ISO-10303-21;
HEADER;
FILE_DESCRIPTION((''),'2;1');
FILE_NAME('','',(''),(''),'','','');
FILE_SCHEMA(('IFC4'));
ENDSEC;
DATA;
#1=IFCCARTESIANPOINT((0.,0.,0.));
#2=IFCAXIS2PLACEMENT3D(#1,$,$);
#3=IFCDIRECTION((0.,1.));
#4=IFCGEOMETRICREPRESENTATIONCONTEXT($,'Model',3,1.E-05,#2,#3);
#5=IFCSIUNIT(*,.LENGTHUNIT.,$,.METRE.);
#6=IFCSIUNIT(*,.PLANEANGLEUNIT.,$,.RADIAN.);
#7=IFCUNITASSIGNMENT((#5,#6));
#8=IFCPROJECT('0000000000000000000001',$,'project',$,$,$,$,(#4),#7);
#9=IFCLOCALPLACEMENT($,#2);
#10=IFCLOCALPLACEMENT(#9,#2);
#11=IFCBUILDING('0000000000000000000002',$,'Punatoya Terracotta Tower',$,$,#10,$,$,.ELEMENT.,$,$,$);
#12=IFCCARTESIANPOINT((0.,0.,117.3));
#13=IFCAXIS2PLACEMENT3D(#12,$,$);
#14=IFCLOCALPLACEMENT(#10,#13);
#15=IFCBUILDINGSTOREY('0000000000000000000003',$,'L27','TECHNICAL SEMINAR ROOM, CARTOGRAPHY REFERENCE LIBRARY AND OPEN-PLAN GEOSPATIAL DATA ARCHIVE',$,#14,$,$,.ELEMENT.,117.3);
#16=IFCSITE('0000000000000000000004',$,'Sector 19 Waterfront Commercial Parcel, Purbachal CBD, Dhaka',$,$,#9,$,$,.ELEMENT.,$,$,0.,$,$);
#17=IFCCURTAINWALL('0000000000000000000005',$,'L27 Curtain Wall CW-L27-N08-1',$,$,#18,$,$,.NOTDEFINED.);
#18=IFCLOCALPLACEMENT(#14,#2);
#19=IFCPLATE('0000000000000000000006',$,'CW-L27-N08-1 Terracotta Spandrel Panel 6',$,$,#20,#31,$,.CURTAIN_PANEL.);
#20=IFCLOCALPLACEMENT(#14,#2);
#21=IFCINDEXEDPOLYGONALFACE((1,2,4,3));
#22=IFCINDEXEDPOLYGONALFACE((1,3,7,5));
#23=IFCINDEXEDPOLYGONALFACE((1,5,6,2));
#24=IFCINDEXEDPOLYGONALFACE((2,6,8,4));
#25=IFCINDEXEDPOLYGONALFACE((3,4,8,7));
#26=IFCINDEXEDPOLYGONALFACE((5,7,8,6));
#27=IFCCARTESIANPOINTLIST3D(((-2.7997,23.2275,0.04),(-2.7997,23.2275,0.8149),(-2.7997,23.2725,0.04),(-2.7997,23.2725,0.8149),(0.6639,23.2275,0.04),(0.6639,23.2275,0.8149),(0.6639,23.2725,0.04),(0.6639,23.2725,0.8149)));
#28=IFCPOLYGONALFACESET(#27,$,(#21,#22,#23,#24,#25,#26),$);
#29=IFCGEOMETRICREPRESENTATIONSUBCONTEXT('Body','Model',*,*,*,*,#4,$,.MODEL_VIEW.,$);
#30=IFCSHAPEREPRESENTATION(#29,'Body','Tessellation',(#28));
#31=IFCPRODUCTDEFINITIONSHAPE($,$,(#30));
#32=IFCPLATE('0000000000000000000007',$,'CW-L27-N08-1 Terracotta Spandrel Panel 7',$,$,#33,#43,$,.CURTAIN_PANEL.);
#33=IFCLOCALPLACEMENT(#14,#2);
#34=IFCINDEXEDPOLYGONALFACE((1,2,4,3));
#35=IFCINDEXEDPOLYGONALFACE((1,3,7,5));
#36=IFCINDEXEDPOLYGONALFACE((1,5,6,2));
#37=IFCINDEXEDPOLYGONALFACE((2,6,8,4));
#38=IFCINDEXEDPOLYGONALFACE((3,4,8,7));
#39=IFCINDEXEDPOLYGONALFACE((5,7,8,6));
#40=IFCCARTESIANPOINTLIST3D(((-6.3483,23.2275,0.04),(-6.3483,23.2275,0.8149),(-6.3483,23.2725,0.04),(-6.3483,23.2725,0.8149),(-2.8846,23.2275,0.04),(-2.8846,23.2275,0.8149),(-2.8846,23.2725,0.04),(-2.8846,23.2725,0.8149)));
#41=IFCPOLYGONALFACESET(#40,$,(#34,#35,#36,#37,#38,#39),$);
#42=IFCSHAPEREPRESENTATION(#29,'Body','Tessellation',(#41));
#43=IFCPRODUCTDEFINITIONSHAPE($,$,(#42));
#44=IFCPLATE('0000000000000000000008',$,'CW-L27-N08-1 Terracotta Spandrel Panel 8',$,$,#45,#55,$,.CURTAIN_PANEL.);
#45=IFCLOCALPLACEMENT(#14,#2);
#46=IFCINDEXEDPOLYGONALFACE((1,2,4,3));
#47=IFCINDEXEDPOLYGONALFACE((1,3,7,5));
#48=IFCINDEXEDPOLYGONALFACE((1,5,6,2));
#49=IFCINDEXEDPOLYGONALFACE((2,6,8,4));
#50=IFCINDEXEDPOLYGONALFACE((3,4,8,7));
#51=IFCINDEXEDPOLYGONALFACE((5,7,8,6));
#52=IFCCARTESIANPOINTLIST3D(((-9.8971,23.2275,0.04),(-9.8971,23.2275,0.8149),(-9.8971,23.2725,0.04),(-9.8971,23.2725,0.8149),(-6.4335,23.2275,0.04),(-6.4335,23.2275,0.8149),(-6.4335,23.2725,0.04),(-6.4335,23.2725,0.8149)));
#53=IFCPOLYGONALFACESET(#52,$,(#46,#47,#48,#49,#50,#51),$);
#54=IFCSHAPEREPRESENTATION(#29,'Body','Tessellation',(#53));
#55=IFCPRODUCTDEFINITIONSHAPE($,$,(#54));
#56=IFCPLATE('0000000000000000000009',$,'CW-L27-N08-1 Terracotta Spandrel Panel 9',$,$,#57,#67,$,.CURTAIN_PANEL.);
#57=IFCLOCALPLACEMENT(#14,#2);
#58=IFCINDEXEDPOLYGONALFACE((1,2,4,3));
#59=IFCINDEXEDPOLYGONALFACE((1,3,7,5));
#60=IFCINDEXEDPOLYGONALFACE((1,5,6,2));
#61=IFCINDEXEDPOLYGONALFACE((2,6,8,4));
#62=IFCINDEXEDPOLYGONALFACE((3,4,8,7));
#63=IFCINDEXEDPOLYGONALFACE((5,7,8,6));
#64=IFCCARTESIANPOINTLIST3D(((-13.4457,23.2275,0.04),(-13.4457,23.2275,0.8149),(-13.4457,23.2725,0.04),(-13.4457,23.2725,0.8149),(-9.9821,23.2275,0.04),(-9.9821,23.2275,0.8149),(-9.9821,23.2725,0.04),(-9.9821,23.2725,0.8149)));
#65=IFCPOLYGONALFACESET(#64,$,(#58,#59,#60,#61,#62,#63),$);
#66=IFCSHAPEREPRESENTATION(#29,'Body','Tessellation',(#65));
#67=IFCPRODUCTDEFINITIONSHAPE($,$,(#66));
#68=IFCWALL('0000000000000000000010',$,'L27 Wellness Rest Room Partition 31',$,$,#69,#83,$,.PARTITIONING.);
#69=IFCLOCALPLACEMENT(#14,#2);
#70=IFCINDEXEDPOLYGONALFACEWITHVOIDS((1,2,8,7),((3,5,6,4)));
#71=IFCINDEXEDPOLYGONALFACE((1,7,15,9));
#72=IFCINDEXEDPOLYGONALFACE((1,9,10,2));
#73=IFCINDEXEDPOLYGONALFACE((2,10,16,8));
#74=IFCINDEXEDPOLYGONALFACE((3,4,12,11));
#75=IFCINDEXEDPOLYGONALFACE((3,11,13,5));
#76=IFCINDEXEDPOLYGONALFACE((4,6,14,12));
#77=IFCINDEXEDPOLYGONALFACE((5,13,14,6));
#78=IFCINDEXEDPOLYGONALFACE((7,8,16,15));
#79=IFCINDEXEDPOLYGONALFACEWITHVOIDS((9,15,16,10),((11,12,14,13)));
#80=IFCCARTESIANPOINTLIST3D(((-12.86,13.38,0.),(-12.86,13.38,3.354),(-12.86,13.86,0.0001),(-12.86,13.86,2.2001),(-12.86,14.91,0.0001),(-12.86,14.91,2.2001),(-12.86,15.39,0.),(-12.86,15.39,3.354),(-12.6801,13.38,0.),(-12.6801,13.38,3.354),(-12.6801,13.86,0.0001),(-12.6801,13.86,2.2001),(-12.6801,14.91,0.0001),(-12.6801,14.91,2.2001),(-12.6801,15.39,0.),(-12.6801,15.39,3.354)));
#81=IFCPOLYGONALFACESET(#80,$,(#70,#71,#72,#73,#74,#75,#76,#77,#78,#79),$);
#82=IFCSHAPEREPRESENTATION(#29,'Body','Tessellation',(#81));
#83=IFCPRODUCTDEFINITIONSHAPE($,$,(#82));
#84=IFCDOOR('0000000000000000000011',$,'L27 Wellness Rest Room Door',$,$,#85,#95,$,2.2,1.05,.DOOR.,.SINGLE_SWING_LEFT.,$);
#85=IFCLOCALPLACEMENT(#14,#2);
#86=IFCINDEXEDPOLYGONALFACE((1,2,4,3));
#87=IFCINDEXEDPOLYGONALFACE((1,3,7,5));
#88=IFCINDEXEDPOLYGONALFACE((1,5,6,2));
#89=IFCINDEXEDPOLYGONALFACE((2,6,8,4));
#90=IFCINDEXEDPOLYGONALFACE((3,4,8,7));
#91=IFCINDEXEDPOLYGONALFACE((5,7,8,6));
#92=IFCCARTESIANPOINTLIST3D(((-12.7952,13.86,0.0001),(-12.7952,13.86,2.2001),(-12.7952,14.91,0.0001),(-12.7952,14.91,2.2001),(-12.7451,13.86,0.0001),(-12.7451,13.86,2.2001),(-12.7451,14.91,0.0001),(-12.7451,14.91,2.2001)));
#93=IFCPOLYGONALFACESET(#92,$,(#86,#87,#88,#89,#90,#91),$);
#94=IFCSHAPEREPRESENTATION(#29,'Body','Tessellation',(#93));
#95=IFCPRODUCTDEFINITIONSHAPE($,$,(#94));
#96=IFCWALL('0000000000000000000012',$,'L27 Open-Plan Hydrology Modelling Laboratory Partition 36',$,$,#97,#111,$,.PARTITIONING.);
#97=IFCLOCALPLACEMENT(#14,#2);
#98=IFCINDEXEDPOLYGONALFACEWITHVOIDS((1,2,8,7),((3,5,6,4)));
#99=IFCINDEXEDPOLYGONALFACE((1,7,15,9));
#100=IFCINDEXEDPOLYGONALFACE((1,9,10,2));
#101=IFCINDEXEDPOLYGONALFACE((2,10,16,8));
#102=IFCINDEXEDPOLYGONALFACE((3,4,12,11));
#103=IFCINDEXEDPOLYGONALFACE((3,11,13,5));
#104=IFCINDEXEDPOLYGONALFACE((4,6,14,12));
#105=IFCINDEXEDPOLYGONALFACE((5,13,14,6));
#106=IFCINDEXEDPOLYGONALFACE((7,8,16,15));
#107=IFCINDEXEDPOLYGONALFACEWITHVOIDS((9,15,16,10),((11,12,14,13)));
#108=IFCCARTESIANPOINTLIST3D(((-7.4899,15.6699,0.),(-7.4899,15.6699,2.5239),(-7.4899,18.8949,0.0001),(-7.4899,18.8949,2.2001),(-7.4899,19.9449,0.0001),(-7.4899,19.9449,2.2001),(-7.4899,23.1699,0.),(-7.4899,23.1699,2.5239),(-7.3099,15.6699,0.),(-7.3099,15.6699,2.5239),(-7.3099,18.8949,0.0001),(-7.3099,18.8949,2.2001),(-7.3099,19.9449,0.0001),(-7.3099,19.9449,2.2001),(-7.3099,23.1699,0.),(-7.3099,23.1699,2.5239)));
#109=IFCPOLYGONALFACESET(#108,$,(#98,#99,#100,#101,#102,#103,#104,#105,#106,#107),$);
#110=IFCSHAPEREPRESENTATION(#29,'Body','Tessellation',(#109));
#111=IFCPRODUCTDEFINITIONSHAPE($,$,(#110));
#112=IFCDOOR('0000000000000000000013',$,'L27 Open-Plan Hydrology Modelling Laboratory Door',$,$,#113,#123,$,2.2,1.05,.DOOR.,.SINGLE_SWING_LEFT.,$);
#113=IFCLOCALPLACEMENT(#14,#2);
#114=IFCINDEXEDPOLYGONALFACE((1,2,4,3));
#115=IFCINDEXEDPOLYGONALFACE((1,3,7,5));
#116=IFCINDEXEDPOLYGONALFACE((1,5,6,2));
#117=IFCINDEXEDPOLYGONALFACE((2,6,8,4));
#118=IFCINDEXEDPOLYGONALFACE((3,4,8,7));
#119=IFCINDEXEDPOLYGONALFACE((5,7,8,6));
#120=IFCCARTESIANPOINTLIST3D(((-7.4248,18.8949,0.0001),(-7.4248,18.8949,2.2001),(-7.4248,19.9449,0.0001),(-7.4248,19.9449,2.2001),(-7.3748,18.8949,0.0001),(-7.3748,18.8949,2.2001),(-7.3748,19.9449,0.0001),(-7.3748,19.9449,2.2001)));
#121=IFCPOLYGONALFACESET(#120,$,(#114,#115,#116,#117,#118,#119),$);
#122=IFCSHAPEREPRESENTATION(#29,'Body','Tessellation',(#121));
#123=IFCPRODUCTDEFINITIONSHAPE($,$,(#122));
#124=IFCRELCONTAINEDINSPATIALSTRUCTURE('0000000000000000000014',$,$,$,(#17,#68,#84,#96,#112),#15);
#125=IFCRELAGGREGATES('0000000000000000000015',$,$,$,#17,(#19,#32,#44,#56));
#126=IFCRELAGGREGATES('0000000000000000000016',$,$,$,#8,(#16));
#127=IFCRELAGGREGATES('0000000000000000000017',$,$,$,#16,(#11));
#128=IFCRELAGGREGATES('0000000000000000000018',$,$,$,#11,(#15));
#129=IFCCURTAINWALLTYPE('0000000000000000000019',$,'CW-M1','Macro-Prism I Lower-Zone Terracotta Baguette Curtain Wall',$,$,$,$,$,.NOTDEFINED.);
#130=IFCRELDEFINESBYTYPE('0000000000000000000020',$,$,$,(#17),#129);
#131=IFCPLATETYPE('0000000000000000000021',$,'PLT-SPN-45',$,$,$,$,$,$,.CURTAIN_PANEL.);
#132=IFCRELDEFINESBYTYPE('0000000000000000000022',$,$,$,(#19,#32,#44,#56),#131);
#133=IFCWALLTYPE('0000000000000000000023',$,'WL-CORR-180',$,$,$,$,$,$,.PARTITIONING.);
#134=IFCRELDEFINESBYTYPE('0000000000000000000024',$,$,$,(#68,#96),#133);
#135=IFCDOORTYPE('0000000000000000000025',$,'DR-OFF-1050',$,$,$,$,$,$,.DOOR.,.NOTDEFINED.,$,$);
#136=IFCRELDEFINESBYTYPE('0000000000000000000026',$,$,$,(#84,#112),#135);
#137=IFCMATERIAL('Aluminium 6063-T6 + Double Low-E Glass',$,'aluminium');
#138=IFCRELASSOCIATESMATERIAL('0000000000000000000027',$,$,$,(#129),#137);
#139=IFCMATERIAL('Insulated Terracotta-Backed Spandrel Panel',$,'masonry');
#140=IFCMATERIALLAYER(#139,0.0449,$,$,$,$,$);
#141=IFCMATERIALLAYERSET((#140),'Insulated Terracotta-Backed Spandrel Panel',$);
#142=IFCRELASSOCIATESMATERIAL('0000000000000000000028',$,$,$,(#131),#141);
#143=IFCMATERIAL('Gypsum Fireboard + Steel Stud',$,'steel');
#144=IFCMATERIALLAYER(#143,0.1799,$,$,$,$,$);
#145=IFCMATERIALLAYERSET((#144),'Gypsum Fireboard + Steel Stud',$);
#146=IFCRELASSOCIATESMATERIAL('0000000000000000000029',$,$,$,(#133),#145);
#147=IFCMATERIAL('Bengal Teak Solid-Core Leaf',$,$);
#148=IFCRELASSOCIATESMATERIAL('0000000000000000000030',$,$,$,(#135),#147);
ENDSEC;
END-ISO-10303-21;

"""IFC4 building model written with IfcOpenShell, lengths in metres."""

from ifc_helpers import new_model, si_unit, direction, frame, frame_2d, origin, origin_2d, place, context, subcontext, project, spatial, rectangle, extrude, material, layer, layer_set, type_object, element, fill, aggregate, save


model = new_model("IFC4")

# Units and contexts
model_context = context("Model", 3, precision=1e-05, world=origin(), true_north=direction((0.0, 1.0)))
body_context = subcontext(model_context, "Body", "Model", "MODEL_VIEW")
ifc_project = project(units=[si_unit("LENGTHUNIT", "METRE"), si_unit("PLANEANGLEUNIT", "RADIAN")], contexts=[model_context])

# Site, building, storey
site_placement = place(None, origin())
site = spatial("IfcSite", under=ifc_project, at=site_placement, Name="Sector 19 Waterfront Commercial Parcel, Purbachal CBD, Dhaka", CompositionType="ELEMENT", RefElevation=0.0)
building_placement = place(site_placement, origin())
building = spatial("IfcBuilding", under=site, at=building_placement, Name="Punatoya Terracotta Tower", CompositionType="ELEMENT")
storey_placement = place(building_placement, frame((0.0, 0.0, 117.3)))
storey = spatial("IfcBuildingStorey", under=building, at=storey_placement, Name="L27", Description="TECHNICAL SEMINAR ROOM, CARTOGRAPHY REFERENCE LIBRARY AND OPEN-PLAN GEOSPATIAL DATA ARCHIVE", CompositionType="ELEMENT", Elevation=117.3)

# Curtain wall, plates
ifc_material_1 = material(Name="Aluminium 6063-T6 + Double Low-E Glass", Category="aluminium")
curtain_wall_type = type_object("IfcCurtainWallType", Name="CW-M1", Description="Macro-Prism I Lower-Zone Terracotta Baguette Curtain Wall", PredefinedType="NOTDEFINED", material=ifc_material_1)
curtain_wall_placement = place(storey_placement, origin())
curtain_wall = element("IfcCurtainWall", 1, at=curtain_wall_placement, inside=storey, type_object=curtain_wall_type, Name="L27 Curtain Wall CW-L27-N08-1", PredefinedType="NOTDEFINED")
ifc_material_2 = material(Name="Insulated Terracotta-Backed Spandrel Panel", Category="masonry")
ifc_layer_1 = layer(ifc_material_2, 0.0449)
ifc_layer_set_1 = layer_set([ifc_layer_1], Name="Insulated Terracotta-Backed Spandrel Panel")
plate_type_1 = type_object("IfcPlateType", Name="PLT-SPN-45", PredefinedType="CURTAIN_PANEL", material=ifc_layer_set_1)
plate_1_placement = place(storey_placement, frame((-1.0679, 23.25, 0.04), z_axis=(0.0, 0.0, 1.0), x_axis=(-1.0, 0.0, 0.0)))
plate_1 = element("IfcPlate", 2, at=plate_1_placement, type_object=plate_type_1, Name="CW-L27-N08-1 Terracotta Spandrel Panel 6", PredefinedType="CURTAIN_PANEL", context=body_context, shape_type="SweptSolid", body=[
    extrude(rectangle(XDim=3.4636, YDim=0.0449, at=origin_2d()), origin(), (0.0, 0.0, 1.0), 0.7749),
])
plate_2_placement = place(storey_placement, frame((-4.6165, 23.25, 0.04), z_axis=(0.0, 0.0, 1.0), x_axis=(-1.0, 0.0, 0.0)))
plate_2 = element("IfcPlate", 3, at=plate_2_placement, type_object=plate_type_1, Name="CW-L27-N08-1 Terracotta Spandrel Panel 7", PredefinedType="CURTAIN_PANEL", context=body_context, shape_type="SweptSolid", body=[
    extrude(rectangle(XDim=3.4636, YDim=0.0449, at=origin_2d()), origin(), (0.0, 0.0, 1.0), 0.7749),
])
plate_3_placement = place(storey_placement, frame((-8.1653, 23.25, 0.04), z_axis=(0.0, 0.0, 1.0), x_axis=(-1.0, 0.0, 0.0)))
plate_3 = element("IfcPlate", 4, at=plate_3_placement, type_object=plate_type_1, Name="CW-L27-N08-1 Terracotta Spandrel Panel 8", PredefinedType="CURTAIN_PANEL", context=body_context, shape_type="SweptSolid", body=[
    extrude(rectangle(XDim=3.4636, YDim=0.0449, at=origin_2d()), origin(), (0.0, 0.0, 1.0), 0.7749),
])
plate_4_placement = place(storey_placement, frame((-11.7139, 23.25, 0.04), z_axis=(0.0, 0.0, 1.0), x_axis=(-1.0, 0.0, 0.0)))
plate_4 = element("IfcPlate", 5, at=plate_4_placement, type_object=plate_type_1, Name="CW-L27-N08-1 Terracotta Spandrel Panel 9", PredefinedType="CURTAIN_PANEL", context=body_context, shape_type="SweptSolid", body=[
    extrude(rectangle(XDim=3.4636, YDim=0.0449, at=origin_2d()), origin(), (0.0, 0.0, 1.0), 0.7749),
])
aggregate(curtain_wall, [plate_1, plate_2, plate_3, plate_4])

# Walls, openings, doors
ifc_material_3 = material(Name="Gypsum Fireboard + Steel Stud", Category="steel")
ifc_layer_2 = layer(ifc_material_3, 0.1799)
ifc_layer_set_2 = layer_set([ifc_layer_2], Name="Gypsum Fireboard + Steel Stud")
wall_type = type_object("IfcWallType", Name="WL-CORR-180", PredefinedType="PARTITIONING", material=ifc_layer_set_2)
wall_1_placement = place(storey_placement, frame((-12.77, 15.3899, 0.0), z_axis=(0.0, 0.0, 1.0), x_axis=(0.0, -1.0, 0.0)))
wall_1 = element("IfcWall", 6, at=wall_1_placement, inside=storey, type_object=wall_type, Name="L27 Wellness Rest Room Partition 31", PredefinedType="PARTITIONING", context=body_context, shape_type="SweptSolid", body=[
    extrude(rectangle(XDim=2.01, YDim=0.1799, at=frame_2d((1.0049, 0.0))), origin(), (0.0, 0.0, 1.0), 3.354),
])
opening_1_placement = place(wall_1_placement, frame((0.48, 0.0, 0.0)))
opening_1 = element("IfcOpeningElement", 7, at=opening_1_placement, cuts=wall_1, PredefinedType="OPENING", context=body_context, shape_type="SweptSolid", body=[
    extrude(rectangle(XDim=1.05, YDim=2.2, at=frame_2d((0.5249, 1.1001))), frame((0.0, 0.0999, 0.0), z_axis=(0.0, -1.0, 0.0), x_axis=(1.0, 0.0, 0.0)), (0.0, 0.0, 1.0), 0.2),
])
ifc_material_4 = material(Name="Bengal Teak Solid-Core Leaf")
door_type = type_object("IfcDoorType", Name="DR-OFF-1050", OperationType="NOTDEFINED", PredefinedType="DOOR", material=ifc_material_4)
door_1_placement = place(opening_1_placement, origin())
door_1 = element("IfcDoor", 8, at=door_1_placement, inside=storey, type_object=door_type, Name="L27 Wellness Rest Room Door", OperationType="SINGLE_SWING_LEFT", OverallHeight=2.2, OverallWidth=1.05, PredefinedType="DOOR", context=body_context, shape_type="SweptSolid", body=[
    extrude(rectangle(XDim=1.05, YDim=2.2, at=frame_2d((0.5249, 1.1001))), frame((0.0, 0.0249, 0.0), z_axis=(0.0, -1.0, 0.0), x_axis=(1.0, 0.0, 0.0)), (0.0, 0.0, 1.0), 0.05),
])
fill(opening_1, door_1)
wall_2_placement = place(storey_placement, frame((-7.3999, 15.6699, 0.0), z_axis=(0.0, 0.0, 1.0), x_axis=(0.0, 1.0, 0.0)))
wall_2 = element("IfcWall", 9, at=wall_2_placement, inside=storey, type_object=wall_type, Name="L27 Open-Plan Hydrology Modelling Laboratory Partition 36", PredefinedType="PARTITIONING", context=body_context, shape_type="SweptSolid", body=[
    extrude(rectangle(XDim=7.5, YDim=0.1799, at=frame_2d((3.75, 0.0))), origin(), (0.0, 0.0, 1.0), 2.5239),
])
opening_2_placement = place(wall_2_placement, frame((3.2251, 0.0, 0.0)))
opening_2 = element("IfcOpeningElement", 10, at=opening_2_placement, cuts=wall_2, PredefinedType="OPENING", context=body_context, shape_type="SweptSolid", body=[
    extrude(rectangle(XDim=1.05, YDim=2.2, at=frame_2d((0.5249, 1.1001))), frame((0.0, 0.0999, 0.0), z_axis=(0.0, -1.0, 0.0), x_axis=(1.0, 0.0, 0.0)), (0.0, 0.0, 1.0), 0.2),
])
door_2_placement = place(opening_2_placement, origin())
door_2 = element("IfcDoor", 11, at=door_2_placement, inside=storey, type_object=door_type, Name="L27 Open-Plan Hydrology Modelling Laboratory Door", OperationType="SINGLE_SWING_LEFT", OverallHeight=2.2, OverallWidth=1.05, PredefinedType="DOOR", context=body_context, shape_type="SweptSolid", body=[
    extrude(rectangle(XDim=1.05, YDim=2.2, at=frame_2d((0.5249, 1.1001))), frame((0.0, 0.0249, 0.0), z_axis=(0.0, -1.0, 0.0), x_axis=(1.0, 0.0, 0.0)), (0.0, 0.0, 1.0), 0.05),
])
fill(opening_2, door_2)

save(model, "model.ifc")
